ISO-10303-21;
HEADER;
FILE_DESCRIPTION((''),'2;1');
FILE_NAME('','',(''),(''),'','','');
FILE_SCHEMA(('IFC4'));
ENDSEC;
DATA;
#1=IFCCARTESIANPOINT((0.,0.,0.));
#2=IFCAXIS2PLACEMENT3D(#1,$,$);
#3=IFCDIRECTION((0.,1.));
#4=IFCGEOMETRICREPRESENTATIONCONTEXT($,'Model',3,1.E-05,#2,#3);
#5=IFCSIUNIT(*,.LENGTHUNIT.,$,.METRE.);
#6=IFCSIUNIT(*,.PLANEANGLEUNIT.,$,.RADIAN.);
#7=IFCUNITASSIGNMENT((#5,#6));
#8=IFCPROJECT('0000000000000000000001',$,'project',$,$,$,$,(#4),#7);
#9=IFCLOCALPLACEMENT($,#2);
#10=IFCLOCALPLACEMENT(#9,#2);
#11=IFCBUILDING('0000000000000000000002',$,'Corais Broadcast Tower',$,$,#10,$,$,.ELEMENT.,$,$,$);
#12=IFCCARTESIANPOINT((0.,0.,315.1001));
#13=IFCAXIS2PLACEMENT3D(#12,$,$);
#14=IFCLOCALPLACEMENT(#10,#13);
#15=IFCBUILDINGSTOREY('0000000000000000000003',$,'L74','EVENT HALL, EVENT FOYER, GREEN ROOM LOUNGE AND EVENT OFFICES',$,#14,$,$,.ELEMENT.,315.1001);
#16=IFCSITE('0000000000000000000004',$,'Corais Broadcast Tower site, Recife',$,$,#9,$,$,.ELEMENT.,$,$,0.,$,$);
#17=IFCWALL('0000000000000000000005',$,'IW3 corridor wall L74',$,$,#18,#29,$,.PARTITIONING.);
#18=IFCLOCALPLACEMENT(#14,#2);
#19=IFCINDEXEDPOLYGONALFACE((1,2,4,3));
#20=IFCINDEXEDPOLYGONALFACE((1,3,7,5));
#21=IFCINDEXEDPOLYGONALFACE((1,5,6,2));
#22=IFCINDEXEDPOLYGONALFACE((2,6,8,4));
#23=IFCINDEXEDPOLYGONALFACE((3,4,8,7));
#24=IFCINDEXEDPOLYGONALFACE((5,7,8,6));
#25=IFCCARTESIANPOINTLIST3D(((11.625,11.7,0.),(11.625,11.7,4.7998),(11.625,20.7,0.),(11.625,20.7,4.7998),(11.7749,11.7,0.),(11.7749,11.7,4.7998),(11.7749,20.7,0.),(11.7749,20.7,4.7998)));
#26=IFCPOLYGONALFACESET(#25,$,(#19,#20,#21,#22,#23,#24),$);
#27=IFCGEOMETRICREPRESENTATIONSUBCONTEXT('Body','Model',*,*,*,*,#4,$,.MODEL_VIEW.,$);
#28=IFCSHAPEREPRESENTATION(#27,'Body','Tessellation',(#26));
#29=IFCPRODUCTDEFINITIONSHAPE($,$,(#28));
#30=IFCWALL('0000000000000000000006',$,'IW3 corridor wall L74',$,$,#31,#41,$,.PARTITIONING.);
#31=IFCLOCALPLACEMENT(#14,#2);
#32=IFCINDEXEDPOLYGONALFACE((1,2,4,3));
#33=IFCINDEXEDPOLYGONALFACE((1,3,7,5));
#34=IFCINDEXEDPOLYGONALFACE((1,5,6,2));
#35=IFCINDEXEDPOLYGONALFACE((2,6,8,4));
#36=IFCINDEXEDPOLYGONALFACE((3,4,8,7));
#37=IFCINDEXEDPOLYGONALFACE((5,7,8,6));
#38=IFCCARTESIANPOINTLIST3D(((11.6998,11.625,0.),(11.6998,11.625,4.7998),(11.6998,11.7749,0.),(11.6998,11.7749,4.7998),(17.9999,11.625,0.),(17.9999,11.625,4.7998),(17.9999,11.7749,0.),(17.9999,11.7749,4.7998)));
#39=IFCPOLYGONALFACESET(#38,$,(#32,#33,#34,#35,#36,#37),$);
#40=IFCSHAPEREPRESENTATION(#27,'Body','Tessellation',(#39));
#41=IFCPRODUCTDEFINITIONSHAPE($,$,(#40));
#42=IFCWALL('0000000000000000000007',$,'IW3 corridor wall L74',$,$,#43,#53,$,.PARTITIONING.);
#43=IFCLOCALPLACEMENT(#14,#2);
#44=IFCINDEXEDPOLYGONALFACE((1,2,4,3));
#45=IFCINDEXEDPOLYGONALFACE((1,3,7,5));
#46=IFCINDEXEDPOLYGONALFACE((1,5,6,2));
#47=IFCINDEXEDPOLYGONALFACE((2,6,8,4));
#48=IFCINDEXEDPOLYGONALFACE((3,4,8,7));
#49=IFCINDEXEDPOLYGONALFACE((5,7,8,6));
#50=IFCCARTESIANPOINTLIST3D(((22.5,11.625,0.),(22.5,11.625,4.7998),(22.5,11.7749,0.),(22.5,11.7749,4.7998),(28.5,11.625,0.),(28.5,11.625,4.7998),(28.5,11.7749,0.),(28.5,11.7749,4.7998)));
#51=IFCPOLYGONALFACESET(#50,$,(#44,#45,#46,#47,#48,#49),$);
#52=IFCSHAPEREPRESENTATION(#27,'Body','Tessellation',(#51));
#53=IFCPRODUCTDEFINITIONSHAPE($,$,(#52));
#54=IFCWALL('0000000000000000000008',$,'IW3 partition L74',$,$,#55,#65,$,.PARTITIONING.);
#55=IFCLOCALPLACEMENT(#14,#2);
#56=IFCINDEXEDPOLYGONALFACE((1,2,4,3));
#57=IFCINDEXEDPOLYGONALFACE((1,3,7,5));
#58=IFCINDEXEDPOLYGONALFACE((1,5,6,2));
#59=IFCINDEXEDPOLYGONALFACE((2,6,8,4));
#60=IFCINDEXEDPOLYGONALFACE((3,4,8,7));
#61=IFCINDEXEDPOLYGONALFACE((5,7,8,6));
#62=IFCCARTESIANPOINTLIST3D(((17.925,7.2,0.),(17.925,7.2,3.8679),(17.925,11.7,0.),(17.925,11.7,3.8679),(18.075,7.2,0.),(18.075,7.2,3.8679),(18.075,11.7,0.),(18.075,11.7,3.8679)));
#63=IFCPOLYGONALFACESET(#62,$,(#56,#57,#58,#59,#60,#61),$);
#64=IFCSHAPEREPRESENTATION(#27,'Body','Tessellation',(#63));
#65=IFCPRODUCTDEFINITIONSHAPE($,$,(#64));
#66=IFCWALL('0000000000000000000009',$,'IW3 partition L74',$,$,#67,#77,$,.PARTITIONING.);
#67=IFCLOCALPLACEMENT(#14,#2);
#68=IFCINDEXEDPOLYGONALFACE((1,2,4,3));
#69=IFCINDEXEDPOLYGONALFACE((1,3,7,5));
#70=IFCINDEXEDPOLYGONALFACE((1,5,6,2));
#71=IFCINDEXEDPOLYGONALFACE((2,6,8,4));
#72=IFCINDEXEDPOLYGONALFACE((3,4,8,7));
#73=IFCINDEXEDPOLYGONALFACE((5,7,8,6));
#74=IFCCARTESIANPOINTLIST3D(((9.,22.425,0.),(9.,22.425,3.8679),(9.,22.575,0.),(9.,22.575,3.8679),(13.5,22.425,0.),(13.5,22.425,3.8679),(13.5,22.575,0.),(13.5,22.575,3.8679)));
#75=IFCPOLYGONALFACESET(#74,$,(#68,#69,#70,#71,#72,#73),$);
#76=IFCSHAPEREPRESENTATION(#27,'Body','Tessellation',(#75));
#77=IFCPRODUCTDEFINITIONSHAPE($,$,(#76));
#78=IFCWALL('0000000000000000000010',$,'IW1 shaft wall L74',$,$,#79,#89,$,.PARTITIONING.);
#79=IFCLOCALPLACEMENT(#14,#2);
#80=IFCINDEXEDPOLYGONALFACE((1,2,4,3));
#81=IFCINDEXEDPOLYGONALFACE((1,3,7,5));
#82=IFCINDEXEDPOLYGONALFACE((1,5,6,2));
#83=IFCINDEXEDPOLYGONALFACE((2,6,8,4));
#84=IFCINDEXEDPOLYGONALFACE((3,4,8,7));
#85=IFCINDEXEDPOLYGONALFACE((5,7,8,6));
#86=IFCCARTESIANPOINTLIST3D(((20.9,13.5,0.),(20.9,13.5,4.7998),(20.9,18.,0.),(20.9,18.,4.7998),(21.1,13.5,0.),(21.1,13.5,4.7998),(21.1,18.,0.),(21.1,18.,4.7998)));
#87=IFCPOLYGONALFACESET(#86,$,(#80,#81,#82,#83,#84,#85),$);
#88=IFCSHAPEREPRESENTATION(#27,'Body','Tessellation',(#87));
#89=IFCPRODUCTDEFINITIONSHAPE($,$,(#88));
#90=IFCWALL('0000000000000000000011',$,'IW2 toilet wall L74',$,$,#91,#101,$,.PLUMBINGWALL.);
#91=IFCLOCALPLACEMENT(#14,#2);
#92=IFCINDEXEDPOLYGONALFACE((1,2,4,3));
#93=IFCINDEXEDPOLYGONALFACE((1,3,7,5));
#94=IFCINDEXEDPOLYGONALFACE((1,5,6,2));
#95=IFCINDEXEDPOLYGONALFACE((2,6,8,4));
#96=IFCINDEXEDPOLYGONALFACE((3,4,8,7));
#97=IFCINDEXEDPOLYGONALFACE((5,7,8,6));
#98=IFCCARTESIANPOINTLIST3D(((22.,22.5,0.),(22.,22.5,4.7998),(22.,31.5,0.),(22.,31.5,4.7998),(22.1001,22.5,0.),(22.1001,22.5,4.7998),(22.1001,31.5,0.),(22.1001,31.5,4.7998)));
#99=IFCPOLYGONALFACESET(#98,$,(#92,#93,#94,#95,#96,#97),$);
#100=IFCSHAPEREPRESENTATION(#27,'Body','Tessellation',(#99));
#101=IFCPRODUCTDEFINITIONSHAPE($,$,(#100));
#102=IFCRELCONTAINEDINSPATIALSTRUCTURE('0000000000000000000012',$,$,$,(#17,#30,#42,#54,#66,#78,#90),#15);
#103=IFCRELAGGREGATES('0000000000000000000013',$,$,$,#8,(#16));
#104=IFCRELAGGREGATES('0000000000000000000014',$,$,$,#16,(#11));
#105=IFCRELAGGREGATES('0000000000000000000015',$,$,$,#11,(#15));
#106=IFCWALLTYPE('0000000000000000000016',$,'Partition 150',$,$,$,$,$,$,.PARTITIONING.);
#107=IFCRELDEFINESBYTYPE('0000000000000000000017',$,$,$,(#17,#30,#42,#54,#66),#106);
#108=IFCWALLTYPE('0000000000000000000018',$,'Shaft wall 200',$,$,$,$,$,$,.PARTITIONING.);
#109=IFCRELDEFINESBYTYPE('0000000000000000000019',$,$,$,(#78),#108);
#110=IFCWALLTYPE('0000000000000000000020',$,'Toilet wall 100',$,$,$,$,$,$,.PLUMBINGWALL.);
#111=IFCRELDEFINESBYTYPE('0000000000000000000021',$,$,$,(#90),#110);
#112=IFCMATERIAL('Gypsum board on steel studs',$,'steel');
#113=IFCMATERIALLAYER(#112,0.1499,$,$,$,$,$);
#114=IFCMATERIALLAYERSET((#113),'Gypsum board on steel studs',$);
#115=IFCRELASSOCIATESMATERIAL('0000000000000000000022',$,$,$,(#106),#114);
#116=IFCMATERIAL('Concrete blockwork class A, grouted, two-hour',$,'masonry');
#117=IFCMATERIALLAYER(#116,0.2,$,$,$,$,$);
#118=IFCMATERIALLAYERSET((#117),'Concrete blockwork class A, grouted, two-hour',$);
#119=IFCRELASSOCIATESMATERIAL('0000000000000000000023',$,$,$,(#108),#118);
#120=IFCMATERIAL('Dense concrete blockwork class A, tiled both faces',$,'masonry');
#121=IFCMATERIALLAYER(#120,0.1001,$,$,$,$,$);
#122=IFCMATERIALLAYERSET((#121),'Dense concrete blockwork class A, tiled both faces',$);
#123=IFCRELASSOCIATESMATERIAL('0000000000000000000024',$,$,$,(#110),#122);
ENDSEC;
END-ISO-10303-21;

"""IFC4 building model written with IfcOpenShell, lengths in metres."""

from ifc_helpers import new_model, si_unit, direction, frame, frame_2d, origin, place, context, subcontext, project, spatial, rectangle, extrude, material, layer, layer_set, type_object, element, save


model = new_model("IFC4")

# Units and contexts
model_context = context("Model", 3, precision=1e-05, world=origin(), true_north=direction((0.0, 1.0)))
body_context = subcontext(model_context, "Body", "Model", "MODEL_VIEW")
ifc_project = project(units=[si_unit("LENGTHUNIT", "METRE"), si_unit("PLANEANGLEUNIT", "RADIAN")], contexts=[model_context])

# Site, building, storey
site_placement = place(None, origin())
site = spatial("IfcSite", under=ifc_project, at=site_placement, Name="Corais Broadcast Tower site, Recife", CompositionType="ELEMENT", RefElevation=0.0)
building_placement = place(site_placement, origin())
building = spatial("IfcBuilding", under=site, at=building_placement, Name="Corais Broadcast Tower", CompositionType="ELEMENT")
storey_placement = place(building_placement, frame((0.0, 0.0, 315.1001)))
storey = spatial("IfcBuildingStorey", under=building, at=storey_placement, Name="L74", Description="EVENT HALL, EVENT FOYER, GREEN ROOM LOUNGE AND EVENT OFFICES", CompositionType="ELEMENT", Elevation=315.1001)

# Walls
ifc_material_1 = material(Name="Gypsum board on steel studs", Category="steel")
ifc_layer_1 = layer(ifc_material_1, 0.1499)
ifc_layer_set_1 = layer_set([ifc_layer_1], Name="Gypsum board on steel studs")
wall_type_1 = type_object("IfcWallType", Name="Partition 150", PredefinedType="PARTITIONING", material=ifc_layer_set_1)
wall_1_placement = place(storey_placement, frame((11.7, 20.7, 0.0), z_axis=(0.0, 0.0, 1.0), x_axis=(0.0, -1.0, 0.0)))
element("IfcWall", 1, at=wall_1_placement, inside=storey, type_object=wall_type_1, Name="IW3 corridor wall L74", PredefinedType="PARTITIONING", context=body_context, shape_type="SweptSolid", body=[
    extrude(rectangle(XDim=9.0, YDim=0.1499, at=frame_2d((4.5, 0.0))), origin(), (0.0, 0.0, 1.0), 4.7998),
])
wall_2_placement = place(storey_placement, frame((11.7, 11.7, 0.0), z_axis=(0.0, 0.0, 1.0), x_axis=(1.0, 0.0, 0.0)))
element("IfcWall", 2, at=wall_2_placement, inside=storey, type_object=wall_type_1, Name="IW3 corridor wall L74", PredefinedType="PARTITIONING", context=body_context, shape_type="SweptSolid", body=[
    extrude(rectangle(XDim=6.3, YDim=0.1499, at=frame_2d((3.1499, 0.0))), origin(), (0.0, 0.0, 1.0), 4.7998),
])
wall_3_placement = place(storey_placement, frame((22.5, 11.7, 0.0), z_axis=(0.0, 0.0, 1.0), x_axis=(1.0, 0.0, 0.0)))
element("IfcWall", 3, at=wall_3_placement, inside=storey, type_object=wall_type_1, Name="IW3 corridor wall L74", PredefinedType="PARTITIONING", context=body_context, shape_type="SweptSolid", body=[
    extrude(rectangle(XDim=6.0, YDim=0.1499, at=frame_2d((3.0, 0.0))), origin(), (0.0, 0.0, 1.0), 4.7998),
])
for number, where, z_axis, x_axis, name in (
    (4, (18.0, 11.7, 0.0), (0.0, 0.0, 1.0), (0.0, -1.0, 0.0), "IW3 partition L74"),
    (5, (9.0, 22.5, 0.0), (0.0, 0.0, 1.0), (1.0, 0.0, 0.0), "IW3 partition L74"),
):
    element("IfcWall", number, at=place(storey_placement, frame(where, z_axis=z_axis, x_axis=x_axis)), inside=storey, type_object=wall_type_1, Name=name, PredefinedType="PARTITIONING", context=body_context, shape_type="SweptSolid", body=[
        extrude(rectangle(XDim=4.5, YDim=0.1499, at=frame_2d((2.25, 0.0))), origin(), (0.0, 0.0, 1.0), 3.8679),
    ])
ifc_material_2 = material(Name="Concrete blockwork class A, grouted, two-hour", Category="masonry")
ifc_layer_2 = layer(ifc_material_2, 0.2)
ifc_layer_set_2 = layer_set([ifc_layer_2], Name="Concrete blockwork class A, grouted, two-hour")
wall_type_2 = type_object("IfcWallType", Name="Shaft wall 200", PredefinedType="PARTITIONING", material=ifc_layer_set_2)
wall_4_placement = place(storey_placement, frame((21.0, 13.5, 0.0), z_axis=(0.0, 0.0, 1.0), x_axis=(0.0, 1.0, 0.0)))
element("IfcWall", 6, at=wall_4_placement, inside=storey, type_object=wall_type_2, Name="IW1 shaft wall L74", PredefinedType="PARTITIONING", context=body_context, shape_type="SweptSolid", body=[
    extrude(rectangle(XDim=4.5, YDim=0.2, at=frame_2d((2.25, 0.0))), origin(), (0.0, 0.0, 1.0), 4.7998),
])
ifc_material_3 = material(Name="Dense concrete blockwork class A, tiled both faces", Category="masonry")
ifc_layer_3 = layer(ifc_material_3, 0.1001)
ifc_layer_set_3 = layer_set([ifc_layer_3], Name="Dense concrete blockwork class A, tiled both faces")
wall_type_3 = type_object("IfcWallType", Name="Toilet wall 100", PredefinedType="PLUMBINGWALL", material=ifc_layer_set_3)
wall_5_placement = place(storey_placement, frame((22.05, 22.5, 0.0), z_axis=(0.0, 0.0, 1.0), x_axis=(0.0, 1.0, 0.0)))
element("IfcWall", 7, at=wall_5_placement, inside=storey, type_object=wall_type_3, Name="IW2 toilet wall L74", PredefinedType="PLUMBINGWALL", context=body_context, shape_type="SweptSolid", body=[
    extrude(rectangle(XDim=9.0, YDim=0.1001, at=frame_2d((4.5, 0.0))), origin(), (0.0, 0.0, 1.0), 4.7998),
])

save(model, "model.ifc")
